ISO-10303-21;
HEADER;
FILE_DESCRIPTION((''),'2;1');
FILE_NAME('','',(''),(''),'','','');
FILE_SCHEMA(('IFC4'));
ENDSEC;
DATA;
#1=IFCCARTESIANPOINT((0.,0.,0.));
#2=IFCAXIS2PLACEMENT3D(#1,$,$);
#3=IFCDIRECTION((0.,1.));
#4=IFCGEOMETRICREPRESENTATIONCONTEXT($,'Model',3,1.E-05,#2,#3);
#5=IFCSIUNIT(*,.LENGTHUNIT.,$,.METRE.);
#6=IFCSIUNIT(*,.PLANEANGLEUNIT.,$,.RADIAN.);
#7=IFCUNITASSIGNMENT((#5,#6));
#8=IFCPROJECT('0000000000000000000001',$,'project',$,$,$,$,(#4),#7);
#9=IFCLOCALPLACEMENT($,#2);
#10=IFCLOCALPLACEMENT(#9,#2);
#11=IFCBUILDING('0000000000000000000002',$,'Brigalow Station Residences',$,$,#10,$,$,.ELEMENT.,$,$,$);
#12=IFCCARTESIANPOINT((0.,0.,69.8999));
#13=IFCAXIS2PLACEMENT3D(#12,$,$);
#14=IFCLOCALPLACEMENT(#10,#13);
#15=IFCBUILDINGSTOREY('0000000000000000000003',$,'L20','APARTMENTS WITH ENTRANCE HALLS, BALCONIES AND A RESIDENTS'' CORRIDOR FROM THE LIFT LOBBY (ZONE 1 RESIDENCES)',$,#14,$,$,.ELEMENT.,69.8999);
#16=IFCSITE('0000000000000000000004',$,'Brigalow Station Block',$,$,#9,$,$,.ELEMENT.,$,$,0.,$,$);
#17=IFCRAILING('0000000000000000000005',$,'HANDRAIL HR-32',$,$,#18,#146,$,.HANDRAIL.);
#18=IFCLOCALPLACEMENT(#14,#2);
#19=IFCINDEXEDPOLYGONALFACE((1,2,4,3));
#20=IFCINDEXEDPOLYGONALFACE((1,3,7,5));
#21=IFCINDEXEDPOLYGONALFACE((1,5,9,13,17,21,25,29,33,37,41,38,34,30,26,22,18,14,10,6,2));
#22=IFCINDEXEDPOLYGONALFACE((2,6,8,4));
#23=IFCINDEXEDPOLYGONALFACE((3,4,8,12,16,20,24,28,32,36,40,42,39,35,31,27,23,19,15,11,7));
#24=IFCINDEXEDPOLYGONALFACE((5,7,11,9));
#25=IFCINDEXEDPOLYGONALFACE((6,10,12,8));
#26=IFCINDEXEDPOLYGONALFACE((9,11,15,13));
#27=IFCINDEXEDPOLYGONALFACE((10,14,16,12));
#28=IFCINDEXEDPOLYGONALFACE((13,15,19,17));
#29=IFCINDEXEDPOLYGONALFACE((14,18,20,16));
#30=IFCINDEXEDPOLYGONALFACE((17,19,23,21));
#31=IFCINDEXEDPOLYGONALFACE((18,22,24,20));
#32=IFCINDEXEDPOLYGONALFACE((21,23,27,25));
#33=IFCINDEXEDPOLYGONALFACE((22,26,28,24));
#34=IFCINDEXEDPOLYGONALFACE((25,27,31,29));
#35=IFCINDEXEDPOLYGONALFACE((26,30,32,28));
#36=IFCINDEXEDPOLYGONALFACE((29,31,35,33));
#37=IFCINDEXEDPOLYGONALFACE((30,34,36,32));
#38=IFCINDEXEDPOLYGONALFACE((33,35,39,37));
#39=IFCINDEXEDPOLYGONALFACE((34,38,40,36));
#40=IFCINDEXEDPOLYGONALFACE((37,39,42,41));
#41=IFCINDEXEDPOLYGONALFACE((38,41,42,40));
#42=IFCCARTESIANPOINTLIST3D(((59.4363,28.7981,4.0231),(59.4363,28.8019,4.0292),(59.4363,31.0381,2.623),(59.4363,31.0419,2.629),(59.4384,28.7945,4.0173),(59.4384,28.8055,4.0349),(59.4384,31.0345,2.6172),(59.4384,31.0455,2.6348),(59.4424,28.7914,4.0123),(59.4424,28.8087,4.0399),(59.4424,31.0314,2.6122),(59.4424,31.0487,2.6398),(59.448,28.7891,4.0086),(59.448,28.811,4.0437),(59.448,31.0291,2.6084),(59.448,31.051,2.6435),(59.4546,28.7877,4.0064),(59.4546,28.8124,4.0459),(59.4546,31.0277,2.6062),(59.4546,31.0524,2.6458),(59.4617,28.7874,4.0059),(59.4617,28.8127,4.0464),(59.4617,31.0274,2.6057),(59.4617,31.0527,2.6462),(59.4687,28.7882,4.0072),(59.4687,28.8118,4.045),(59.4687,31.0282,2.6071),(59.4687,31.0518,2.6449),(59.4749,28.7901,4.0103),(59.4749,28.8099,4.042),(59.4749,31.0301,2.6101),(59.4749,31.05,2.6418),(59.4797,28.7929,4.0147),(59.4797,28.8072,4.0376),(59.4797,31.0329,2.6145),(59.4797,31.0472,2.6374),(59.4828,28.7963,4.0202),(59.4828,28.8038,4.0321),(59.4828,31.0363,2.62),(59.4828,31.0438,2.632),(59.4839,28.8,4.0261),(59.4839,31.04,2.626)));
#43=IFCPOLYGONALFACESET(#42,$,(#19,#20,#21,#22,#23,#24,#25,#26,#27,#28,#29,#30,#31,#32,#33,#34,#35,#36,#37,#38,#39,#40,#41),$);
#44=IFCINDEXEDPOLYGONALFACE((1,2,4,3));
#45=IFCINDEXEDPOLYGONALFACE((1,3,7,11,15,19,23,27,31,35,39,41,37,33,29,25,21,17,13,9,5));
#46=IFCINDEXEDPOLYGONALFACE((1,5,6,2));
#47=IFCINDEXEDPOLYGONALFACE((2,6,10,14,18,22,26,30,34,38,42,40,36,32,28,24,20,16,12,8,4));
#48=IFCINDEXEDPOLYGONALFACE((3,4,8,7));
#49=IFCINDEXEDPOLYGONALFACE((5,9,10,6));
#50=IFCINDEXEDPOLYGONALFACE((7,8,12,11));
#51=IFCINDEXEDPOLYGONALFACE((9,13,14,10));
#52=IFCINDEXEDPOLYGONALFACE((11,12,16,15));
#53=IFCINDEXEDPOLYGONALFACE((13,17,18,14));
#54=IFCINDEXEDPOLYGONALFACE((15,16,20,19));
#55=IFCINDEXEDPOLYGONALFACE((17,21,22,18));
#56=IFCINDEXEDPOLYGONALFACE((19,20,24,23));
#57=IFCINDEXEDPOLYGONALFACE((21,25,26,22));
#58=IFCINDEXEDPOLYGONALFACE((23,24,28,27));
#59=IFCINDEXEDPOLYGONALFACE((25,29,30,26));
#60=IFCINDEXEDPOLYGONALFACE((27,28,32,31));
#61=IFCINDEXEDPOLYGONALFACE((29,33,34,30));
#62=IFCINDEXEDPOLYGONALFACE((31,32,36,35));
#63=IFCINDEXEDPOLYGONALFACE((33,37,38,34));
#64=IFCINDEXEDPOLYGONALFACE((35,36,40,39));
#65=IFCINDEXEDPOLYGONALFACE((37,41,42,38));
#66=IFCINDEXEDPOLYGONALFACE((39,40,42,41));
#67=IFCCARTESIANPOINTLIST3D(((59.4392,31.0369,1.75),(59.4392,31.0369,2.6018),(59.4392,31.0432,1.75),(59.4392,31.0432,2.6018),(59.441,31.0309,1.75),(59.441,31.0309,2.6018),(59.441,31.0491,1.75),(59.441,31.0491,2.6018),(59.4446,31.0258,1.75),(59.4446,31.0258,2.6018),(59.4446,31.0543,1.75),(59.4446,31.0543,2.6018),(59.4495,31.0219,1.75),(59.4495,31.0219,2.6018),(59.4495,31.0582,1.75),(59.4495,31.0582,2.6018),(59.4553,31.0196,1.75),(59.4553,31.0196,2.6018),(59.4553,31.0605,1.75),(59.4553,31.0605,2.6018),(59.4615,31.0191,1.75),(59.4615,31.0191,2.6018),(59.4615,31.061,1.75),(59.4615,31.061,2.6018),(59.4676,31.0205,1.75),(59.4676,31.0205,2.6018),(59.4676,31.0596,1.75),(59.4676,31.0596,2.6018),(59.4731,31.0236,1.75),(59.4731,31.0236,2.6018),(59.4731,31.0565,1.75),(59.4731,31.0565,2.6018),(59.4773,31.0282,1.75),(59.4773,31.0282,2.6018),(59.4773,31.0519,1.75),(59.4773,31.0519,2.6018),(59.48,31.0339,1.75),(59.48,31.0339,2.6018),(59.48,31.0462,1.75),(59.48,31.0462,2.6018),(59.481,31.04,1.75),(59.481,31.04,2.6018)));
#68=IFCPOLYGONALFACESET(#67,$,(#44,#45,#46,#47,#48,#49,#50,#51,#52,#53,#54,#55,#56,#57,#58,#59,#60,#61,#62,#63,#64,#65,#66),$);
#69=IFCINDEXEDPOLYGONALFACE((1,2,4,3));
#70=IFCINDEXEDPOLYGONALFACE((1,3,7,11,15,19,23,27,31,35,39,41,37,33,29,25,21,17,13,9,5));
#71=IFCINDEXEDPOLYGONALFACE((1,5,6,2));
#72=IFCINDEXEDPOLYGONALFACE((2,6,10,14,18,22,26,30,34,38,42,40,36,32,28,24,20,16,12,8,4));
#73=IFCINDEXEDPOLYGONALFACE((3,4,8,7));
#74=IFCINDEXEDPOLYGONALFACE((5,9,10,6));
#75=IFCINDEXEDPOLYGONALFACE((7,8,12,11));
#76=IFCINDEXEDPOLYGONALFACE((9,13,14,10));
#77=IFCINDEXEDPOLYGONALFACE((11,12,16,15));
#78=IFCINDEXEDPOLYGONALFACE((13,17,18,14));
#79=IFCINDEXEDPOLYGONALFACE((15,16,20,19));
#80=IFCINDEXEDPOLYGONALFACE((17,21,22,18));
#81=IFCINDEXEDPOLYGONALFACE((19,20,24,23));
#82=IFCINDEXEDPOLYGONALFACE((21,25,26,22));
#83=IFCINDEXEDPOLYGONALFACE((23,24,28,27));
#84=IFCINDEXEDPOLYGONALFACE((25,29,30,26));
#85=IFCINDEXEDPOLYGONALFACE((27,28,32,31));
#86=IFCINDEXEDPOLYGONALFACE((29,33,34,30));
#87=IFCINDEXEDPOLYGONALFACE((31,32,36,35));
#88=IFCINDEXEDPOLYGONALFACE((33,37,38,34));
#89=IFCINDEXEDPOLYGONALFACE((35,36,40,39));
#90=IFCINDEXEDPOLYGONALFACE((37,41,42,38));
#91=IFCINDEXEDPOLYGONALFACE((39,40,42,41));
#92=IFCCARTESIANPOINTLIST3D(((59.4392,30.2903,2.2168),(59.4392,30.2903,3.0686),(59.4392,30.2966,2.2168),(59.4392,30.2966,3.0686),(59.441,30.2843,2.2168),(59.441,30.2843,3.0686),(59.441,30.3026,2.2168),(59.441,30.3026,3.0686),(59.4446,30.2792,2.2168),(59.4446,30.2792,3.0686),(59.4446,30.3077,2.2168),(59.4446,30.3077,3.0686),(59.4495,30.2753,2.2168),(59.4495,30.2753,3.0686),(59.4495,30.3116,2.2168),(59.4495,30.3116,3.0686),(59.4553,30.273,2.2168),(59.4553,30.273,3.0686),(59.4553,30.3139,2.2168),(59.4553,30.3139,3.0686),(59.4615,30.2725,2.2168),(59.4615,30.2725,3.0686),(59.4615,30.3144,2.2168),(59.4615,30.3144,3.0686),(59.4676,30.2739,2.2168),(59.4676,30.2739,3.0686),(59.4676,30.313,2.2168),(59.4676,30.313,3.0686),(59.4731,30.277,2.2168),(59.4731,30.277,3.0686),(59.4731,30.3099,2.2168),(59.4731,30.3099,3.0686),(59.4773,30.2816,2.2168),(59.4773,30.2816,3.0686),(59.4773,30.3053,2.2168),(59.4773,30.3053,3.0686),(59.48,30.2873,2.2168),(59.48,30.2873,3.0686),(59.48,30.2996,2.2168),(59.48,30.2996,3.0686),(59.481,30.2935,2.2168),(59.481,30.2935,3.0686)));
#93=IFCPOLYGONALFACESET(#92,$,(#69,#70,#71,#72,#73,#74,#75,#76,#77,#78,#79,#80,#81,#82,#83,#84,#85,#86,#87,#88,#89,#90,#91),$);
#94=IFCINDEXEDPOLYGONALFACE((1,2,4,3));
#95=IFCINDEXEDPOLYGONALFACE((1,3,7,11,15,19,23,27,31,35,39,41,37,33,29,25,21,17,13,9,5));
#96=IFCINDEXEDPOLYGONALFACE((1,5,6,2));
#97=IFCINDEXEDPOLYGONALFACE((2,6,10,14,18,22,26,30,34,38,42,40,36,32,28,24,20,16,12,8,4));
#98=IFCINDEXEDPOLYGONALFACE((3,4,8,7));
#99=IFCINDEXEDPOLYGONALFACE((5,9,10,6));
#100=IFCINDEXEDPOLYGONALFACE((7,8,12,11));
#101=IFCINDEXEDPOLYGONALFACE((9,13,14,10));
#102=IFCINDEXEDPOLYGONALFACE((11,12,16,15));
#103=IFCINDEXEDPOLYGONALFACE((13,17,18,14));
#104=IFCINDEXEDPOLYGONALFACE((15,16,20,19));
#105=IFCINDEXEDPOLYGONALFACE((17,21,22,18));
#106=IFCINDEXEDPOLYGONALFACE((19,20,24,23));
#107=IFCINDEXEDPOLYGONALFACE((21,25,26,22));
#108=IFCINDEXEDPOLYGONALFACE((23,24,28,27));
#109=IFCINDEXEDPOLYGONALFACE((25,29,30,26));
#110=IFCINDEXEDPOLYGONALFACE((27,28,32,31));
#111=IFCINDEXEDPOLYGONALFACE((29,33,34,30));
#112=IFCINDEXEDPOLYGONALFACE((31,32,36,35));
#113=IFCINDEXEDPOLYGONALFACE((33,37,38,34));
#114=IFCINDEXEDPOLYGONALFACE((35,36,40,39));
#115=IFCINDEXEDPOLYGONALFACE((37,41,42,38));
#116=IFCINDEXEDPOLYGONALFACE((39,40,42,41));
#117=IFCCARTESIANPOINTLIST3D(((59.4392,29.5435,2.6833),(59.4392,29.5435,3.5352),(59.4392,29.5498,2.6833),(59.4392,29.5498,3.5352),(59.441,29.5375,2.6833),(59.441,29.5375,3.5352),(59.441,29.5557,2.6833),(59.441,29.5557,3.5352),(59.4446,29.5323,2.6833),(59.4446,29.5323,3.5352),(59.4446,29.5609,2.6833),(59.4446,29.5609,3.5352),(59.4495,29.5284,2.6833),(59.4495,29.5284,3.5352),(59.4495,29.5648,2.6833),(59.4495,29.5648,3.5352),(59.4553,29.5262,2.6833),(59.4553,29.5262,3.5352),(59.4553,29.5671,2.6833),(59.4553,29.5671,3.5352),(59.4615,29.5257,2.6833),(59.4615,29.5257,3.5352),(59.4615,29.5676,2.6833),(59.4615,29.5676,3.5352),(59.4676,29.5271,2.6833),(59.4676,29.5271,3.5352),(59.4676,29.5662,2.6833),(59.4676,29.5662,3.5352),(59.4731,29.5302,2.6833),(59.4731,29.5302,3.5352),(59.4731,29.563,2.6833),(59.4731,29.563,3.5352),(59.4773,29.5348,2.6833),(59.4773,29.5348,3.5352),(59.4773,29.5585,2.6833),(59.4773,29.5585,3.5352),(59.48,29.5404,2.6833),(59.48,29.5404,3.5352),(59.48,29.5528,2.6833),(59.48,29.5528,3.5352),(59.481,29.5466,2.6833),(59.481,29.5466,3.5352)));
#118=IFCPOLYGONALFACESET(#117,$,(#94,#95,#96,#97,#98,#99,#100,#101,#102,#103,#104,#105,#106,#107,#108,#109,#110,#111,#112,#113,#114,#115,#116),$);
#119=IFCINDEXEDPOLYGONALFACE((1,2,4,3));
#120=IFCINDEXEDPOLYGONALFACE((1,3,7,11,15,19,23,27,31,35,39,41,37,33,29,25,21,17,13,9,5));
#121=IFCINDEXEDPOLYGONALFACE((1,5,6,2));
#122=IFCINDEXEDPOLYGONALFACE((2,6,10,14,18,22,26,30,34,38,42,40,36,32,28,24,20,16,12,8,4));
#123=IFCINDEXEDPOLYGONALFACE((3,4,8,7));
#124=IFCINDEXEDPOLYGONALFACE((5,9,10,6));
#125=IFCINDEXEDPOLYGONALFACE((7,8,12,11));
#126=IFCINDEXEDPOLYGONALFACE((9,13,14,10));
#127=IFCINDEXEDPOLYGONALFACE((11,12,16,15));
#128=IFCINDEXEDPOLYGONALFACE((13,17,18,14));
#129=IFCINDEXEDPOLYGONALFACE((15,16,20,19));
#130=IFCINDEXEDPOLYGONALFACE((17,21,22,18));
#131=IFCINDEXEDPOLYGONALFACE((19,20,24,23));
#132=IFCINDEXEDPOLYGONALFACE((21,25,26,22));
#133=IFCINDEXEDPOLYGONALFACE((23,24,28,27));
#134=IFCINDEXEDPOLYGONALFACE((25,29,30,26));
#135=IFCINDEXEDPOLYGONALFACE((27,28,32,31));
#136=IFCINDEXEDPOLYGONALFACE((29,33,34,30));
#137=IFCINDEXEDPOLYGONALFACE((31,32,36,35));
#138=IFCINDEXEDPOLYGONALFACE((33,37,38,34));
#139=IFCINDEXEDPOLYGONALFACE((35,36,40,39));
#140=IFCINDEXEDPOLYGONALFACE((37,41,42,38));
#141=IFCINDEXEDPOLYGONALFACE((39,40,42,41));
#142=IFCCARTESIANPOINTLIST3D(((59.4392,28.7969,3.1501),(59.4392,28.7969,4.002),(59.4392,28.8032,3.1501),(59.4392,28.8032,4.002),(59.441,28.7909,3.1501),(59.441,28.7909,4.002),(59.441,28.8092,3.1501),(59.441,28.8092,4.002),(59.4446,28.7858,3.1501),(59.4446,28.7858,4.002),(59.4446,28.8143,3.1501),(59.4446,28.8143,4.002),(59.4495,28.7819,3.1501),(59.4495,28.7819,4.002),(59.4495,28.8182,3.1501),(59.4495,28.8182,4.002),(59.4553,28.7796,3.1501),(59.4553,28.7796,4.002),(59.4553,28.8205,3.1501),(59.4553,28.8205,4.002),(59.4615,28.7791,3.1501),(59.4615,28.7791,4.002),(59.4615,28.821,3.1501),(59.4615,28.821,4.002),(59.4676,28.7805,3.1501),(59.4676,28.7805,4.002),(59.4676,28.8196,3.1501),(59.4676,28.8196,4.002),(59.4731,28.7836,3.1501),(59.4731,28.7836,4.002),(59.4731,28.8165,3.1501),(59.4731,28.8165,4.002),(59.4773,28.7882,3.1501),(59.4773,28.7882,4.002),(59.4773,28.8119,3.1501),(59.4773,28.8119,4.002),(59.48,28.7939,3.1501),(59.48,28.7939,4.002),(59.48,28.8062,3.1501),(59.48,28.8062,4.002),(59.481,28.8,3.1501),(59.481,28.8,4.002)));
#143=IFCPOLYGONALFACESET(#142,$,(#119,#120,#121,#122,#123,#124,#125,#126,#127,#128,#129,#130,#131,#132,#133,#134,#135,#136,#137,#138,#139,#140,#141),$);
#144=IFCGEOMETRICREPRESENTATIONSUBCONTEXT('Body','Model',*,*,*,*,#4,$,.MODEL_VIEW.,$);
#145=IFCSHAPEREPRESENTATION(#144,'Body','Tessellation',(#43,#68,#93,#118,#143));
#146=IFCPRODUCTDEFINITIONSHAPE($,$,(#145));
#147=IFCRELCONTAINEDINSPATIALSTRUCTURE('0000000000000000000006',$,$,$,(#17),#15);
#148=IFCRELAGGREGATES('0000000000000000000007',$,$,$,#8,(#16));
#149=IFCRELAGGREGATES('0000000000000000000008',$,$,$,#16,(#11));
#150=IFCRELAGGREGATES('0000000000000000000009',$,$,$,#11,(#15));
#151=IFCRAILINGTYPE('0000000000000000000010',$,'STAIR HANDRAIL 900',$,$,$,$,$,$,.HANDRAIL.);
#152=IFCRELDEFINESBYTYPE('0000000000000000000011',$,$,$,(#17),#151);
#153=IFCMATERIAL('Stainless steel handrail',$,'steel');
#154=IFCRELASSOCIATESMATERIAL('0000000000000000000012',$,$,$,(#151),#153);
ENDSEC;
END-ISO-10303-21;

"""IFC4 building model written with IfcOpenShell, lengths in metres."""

from ifc_helpers import new_model, si_unit, direction, frame, origin, origin_2d, place, context, subcontext, project, spatial, circle, extrude, material, type_object, element, save


model = new_model("IFC4")

# Units and contexts
model_context = context("Model", 3, precision=1e-05, world=origin(), true_north=direction((0.0, 1.0)))
body_context = subcontext(model_context, "Body", "Model", "MODEL_VIEW")
ifc_project = project(units=[si_unit("LENGTHUNIT", "METRE"), si_unit("PLANEANGLEUNIT", "RADIAN")], contexts=[model_context])

# Site, building, storey
site_placement = place(None, origin())
site = spatial("IfcSite", under=ifc_project, at=site_placement, Name="Brigalow Station Block", CompositionType="ELEMENT", RefElevation=0.0)
building_placement = place(site_placement, origin())
building = spatial("IfcBuilding", under=site, at=building_placement, Name="Brigalow Station Residences", CompositionType="ELEMENT")
storey_placement = place(building_placement, frame((0.0, 0.0, 69.8999)))
storey = spatial("IfcBuildingStorey", under=building, at=storey_placement, Name="L20", Description="APARTMENTS WITH ENTRANCE HALLS, BALCONIES AND A RESIDENTS' CORRIDOR FROM THE LIFT LOBBY (ZONE 1 RESIDENCES)", CompositionType="ELEMENT", Elevation=69.8999)

# Railing
ifc_material_1 = material(Name="Stainless steel handrail", Category="steel")
railing_type_1 = type_object("IfcRailingType", Name="STAIR HANDRAIL 900", PredefinedType="HANDRAIL", material=ifc_material_1)
railing_1_placement = place(storey_placement, frame((59.46, 31.04, 1.75)))
element("IfcRailing", 1, at=railing_1_placement, inside=storey, type_object=railing_type_1, Name="HANDRAIL HR-32", PredefinedType="HANDRAIL", context=body_context, shape_type="SweptSolid", body=[
    extrude(circle(Radius=0.0239, at=origin_2d()), frame((0.0, 0.0, 0.876), z_axis=(0.0, -0.847972, 0.53004), x_axis=(1.0, 0.0, 0.0)), (0.0, 0.0, 1.0), 2.6416),
    extrude(circle(Radius=0.021, at=origin_2d()), origin(), (0.0, 0.0, 1.0), 0.8518),
    extrude(circle(Radius=0.021, at=origin_2d()), frame((0.0, -0.7466, 0.4668)), (0.0, 0.0, 1.0), 0.8518),
    extrude(circle(Radius=0.021, at=origin_2d()), frame((0.0, -1.4934, 0.9333)), (0.0, 0.0, 1.0), 0.8518),
    extrude(circle(Radius=0.021, at=origin_2d()), frame((0.0, -2.24, 1.4001)), (0.0, 0.0, 1.0), 0.8518),
])

save(model, "model.ifc")
